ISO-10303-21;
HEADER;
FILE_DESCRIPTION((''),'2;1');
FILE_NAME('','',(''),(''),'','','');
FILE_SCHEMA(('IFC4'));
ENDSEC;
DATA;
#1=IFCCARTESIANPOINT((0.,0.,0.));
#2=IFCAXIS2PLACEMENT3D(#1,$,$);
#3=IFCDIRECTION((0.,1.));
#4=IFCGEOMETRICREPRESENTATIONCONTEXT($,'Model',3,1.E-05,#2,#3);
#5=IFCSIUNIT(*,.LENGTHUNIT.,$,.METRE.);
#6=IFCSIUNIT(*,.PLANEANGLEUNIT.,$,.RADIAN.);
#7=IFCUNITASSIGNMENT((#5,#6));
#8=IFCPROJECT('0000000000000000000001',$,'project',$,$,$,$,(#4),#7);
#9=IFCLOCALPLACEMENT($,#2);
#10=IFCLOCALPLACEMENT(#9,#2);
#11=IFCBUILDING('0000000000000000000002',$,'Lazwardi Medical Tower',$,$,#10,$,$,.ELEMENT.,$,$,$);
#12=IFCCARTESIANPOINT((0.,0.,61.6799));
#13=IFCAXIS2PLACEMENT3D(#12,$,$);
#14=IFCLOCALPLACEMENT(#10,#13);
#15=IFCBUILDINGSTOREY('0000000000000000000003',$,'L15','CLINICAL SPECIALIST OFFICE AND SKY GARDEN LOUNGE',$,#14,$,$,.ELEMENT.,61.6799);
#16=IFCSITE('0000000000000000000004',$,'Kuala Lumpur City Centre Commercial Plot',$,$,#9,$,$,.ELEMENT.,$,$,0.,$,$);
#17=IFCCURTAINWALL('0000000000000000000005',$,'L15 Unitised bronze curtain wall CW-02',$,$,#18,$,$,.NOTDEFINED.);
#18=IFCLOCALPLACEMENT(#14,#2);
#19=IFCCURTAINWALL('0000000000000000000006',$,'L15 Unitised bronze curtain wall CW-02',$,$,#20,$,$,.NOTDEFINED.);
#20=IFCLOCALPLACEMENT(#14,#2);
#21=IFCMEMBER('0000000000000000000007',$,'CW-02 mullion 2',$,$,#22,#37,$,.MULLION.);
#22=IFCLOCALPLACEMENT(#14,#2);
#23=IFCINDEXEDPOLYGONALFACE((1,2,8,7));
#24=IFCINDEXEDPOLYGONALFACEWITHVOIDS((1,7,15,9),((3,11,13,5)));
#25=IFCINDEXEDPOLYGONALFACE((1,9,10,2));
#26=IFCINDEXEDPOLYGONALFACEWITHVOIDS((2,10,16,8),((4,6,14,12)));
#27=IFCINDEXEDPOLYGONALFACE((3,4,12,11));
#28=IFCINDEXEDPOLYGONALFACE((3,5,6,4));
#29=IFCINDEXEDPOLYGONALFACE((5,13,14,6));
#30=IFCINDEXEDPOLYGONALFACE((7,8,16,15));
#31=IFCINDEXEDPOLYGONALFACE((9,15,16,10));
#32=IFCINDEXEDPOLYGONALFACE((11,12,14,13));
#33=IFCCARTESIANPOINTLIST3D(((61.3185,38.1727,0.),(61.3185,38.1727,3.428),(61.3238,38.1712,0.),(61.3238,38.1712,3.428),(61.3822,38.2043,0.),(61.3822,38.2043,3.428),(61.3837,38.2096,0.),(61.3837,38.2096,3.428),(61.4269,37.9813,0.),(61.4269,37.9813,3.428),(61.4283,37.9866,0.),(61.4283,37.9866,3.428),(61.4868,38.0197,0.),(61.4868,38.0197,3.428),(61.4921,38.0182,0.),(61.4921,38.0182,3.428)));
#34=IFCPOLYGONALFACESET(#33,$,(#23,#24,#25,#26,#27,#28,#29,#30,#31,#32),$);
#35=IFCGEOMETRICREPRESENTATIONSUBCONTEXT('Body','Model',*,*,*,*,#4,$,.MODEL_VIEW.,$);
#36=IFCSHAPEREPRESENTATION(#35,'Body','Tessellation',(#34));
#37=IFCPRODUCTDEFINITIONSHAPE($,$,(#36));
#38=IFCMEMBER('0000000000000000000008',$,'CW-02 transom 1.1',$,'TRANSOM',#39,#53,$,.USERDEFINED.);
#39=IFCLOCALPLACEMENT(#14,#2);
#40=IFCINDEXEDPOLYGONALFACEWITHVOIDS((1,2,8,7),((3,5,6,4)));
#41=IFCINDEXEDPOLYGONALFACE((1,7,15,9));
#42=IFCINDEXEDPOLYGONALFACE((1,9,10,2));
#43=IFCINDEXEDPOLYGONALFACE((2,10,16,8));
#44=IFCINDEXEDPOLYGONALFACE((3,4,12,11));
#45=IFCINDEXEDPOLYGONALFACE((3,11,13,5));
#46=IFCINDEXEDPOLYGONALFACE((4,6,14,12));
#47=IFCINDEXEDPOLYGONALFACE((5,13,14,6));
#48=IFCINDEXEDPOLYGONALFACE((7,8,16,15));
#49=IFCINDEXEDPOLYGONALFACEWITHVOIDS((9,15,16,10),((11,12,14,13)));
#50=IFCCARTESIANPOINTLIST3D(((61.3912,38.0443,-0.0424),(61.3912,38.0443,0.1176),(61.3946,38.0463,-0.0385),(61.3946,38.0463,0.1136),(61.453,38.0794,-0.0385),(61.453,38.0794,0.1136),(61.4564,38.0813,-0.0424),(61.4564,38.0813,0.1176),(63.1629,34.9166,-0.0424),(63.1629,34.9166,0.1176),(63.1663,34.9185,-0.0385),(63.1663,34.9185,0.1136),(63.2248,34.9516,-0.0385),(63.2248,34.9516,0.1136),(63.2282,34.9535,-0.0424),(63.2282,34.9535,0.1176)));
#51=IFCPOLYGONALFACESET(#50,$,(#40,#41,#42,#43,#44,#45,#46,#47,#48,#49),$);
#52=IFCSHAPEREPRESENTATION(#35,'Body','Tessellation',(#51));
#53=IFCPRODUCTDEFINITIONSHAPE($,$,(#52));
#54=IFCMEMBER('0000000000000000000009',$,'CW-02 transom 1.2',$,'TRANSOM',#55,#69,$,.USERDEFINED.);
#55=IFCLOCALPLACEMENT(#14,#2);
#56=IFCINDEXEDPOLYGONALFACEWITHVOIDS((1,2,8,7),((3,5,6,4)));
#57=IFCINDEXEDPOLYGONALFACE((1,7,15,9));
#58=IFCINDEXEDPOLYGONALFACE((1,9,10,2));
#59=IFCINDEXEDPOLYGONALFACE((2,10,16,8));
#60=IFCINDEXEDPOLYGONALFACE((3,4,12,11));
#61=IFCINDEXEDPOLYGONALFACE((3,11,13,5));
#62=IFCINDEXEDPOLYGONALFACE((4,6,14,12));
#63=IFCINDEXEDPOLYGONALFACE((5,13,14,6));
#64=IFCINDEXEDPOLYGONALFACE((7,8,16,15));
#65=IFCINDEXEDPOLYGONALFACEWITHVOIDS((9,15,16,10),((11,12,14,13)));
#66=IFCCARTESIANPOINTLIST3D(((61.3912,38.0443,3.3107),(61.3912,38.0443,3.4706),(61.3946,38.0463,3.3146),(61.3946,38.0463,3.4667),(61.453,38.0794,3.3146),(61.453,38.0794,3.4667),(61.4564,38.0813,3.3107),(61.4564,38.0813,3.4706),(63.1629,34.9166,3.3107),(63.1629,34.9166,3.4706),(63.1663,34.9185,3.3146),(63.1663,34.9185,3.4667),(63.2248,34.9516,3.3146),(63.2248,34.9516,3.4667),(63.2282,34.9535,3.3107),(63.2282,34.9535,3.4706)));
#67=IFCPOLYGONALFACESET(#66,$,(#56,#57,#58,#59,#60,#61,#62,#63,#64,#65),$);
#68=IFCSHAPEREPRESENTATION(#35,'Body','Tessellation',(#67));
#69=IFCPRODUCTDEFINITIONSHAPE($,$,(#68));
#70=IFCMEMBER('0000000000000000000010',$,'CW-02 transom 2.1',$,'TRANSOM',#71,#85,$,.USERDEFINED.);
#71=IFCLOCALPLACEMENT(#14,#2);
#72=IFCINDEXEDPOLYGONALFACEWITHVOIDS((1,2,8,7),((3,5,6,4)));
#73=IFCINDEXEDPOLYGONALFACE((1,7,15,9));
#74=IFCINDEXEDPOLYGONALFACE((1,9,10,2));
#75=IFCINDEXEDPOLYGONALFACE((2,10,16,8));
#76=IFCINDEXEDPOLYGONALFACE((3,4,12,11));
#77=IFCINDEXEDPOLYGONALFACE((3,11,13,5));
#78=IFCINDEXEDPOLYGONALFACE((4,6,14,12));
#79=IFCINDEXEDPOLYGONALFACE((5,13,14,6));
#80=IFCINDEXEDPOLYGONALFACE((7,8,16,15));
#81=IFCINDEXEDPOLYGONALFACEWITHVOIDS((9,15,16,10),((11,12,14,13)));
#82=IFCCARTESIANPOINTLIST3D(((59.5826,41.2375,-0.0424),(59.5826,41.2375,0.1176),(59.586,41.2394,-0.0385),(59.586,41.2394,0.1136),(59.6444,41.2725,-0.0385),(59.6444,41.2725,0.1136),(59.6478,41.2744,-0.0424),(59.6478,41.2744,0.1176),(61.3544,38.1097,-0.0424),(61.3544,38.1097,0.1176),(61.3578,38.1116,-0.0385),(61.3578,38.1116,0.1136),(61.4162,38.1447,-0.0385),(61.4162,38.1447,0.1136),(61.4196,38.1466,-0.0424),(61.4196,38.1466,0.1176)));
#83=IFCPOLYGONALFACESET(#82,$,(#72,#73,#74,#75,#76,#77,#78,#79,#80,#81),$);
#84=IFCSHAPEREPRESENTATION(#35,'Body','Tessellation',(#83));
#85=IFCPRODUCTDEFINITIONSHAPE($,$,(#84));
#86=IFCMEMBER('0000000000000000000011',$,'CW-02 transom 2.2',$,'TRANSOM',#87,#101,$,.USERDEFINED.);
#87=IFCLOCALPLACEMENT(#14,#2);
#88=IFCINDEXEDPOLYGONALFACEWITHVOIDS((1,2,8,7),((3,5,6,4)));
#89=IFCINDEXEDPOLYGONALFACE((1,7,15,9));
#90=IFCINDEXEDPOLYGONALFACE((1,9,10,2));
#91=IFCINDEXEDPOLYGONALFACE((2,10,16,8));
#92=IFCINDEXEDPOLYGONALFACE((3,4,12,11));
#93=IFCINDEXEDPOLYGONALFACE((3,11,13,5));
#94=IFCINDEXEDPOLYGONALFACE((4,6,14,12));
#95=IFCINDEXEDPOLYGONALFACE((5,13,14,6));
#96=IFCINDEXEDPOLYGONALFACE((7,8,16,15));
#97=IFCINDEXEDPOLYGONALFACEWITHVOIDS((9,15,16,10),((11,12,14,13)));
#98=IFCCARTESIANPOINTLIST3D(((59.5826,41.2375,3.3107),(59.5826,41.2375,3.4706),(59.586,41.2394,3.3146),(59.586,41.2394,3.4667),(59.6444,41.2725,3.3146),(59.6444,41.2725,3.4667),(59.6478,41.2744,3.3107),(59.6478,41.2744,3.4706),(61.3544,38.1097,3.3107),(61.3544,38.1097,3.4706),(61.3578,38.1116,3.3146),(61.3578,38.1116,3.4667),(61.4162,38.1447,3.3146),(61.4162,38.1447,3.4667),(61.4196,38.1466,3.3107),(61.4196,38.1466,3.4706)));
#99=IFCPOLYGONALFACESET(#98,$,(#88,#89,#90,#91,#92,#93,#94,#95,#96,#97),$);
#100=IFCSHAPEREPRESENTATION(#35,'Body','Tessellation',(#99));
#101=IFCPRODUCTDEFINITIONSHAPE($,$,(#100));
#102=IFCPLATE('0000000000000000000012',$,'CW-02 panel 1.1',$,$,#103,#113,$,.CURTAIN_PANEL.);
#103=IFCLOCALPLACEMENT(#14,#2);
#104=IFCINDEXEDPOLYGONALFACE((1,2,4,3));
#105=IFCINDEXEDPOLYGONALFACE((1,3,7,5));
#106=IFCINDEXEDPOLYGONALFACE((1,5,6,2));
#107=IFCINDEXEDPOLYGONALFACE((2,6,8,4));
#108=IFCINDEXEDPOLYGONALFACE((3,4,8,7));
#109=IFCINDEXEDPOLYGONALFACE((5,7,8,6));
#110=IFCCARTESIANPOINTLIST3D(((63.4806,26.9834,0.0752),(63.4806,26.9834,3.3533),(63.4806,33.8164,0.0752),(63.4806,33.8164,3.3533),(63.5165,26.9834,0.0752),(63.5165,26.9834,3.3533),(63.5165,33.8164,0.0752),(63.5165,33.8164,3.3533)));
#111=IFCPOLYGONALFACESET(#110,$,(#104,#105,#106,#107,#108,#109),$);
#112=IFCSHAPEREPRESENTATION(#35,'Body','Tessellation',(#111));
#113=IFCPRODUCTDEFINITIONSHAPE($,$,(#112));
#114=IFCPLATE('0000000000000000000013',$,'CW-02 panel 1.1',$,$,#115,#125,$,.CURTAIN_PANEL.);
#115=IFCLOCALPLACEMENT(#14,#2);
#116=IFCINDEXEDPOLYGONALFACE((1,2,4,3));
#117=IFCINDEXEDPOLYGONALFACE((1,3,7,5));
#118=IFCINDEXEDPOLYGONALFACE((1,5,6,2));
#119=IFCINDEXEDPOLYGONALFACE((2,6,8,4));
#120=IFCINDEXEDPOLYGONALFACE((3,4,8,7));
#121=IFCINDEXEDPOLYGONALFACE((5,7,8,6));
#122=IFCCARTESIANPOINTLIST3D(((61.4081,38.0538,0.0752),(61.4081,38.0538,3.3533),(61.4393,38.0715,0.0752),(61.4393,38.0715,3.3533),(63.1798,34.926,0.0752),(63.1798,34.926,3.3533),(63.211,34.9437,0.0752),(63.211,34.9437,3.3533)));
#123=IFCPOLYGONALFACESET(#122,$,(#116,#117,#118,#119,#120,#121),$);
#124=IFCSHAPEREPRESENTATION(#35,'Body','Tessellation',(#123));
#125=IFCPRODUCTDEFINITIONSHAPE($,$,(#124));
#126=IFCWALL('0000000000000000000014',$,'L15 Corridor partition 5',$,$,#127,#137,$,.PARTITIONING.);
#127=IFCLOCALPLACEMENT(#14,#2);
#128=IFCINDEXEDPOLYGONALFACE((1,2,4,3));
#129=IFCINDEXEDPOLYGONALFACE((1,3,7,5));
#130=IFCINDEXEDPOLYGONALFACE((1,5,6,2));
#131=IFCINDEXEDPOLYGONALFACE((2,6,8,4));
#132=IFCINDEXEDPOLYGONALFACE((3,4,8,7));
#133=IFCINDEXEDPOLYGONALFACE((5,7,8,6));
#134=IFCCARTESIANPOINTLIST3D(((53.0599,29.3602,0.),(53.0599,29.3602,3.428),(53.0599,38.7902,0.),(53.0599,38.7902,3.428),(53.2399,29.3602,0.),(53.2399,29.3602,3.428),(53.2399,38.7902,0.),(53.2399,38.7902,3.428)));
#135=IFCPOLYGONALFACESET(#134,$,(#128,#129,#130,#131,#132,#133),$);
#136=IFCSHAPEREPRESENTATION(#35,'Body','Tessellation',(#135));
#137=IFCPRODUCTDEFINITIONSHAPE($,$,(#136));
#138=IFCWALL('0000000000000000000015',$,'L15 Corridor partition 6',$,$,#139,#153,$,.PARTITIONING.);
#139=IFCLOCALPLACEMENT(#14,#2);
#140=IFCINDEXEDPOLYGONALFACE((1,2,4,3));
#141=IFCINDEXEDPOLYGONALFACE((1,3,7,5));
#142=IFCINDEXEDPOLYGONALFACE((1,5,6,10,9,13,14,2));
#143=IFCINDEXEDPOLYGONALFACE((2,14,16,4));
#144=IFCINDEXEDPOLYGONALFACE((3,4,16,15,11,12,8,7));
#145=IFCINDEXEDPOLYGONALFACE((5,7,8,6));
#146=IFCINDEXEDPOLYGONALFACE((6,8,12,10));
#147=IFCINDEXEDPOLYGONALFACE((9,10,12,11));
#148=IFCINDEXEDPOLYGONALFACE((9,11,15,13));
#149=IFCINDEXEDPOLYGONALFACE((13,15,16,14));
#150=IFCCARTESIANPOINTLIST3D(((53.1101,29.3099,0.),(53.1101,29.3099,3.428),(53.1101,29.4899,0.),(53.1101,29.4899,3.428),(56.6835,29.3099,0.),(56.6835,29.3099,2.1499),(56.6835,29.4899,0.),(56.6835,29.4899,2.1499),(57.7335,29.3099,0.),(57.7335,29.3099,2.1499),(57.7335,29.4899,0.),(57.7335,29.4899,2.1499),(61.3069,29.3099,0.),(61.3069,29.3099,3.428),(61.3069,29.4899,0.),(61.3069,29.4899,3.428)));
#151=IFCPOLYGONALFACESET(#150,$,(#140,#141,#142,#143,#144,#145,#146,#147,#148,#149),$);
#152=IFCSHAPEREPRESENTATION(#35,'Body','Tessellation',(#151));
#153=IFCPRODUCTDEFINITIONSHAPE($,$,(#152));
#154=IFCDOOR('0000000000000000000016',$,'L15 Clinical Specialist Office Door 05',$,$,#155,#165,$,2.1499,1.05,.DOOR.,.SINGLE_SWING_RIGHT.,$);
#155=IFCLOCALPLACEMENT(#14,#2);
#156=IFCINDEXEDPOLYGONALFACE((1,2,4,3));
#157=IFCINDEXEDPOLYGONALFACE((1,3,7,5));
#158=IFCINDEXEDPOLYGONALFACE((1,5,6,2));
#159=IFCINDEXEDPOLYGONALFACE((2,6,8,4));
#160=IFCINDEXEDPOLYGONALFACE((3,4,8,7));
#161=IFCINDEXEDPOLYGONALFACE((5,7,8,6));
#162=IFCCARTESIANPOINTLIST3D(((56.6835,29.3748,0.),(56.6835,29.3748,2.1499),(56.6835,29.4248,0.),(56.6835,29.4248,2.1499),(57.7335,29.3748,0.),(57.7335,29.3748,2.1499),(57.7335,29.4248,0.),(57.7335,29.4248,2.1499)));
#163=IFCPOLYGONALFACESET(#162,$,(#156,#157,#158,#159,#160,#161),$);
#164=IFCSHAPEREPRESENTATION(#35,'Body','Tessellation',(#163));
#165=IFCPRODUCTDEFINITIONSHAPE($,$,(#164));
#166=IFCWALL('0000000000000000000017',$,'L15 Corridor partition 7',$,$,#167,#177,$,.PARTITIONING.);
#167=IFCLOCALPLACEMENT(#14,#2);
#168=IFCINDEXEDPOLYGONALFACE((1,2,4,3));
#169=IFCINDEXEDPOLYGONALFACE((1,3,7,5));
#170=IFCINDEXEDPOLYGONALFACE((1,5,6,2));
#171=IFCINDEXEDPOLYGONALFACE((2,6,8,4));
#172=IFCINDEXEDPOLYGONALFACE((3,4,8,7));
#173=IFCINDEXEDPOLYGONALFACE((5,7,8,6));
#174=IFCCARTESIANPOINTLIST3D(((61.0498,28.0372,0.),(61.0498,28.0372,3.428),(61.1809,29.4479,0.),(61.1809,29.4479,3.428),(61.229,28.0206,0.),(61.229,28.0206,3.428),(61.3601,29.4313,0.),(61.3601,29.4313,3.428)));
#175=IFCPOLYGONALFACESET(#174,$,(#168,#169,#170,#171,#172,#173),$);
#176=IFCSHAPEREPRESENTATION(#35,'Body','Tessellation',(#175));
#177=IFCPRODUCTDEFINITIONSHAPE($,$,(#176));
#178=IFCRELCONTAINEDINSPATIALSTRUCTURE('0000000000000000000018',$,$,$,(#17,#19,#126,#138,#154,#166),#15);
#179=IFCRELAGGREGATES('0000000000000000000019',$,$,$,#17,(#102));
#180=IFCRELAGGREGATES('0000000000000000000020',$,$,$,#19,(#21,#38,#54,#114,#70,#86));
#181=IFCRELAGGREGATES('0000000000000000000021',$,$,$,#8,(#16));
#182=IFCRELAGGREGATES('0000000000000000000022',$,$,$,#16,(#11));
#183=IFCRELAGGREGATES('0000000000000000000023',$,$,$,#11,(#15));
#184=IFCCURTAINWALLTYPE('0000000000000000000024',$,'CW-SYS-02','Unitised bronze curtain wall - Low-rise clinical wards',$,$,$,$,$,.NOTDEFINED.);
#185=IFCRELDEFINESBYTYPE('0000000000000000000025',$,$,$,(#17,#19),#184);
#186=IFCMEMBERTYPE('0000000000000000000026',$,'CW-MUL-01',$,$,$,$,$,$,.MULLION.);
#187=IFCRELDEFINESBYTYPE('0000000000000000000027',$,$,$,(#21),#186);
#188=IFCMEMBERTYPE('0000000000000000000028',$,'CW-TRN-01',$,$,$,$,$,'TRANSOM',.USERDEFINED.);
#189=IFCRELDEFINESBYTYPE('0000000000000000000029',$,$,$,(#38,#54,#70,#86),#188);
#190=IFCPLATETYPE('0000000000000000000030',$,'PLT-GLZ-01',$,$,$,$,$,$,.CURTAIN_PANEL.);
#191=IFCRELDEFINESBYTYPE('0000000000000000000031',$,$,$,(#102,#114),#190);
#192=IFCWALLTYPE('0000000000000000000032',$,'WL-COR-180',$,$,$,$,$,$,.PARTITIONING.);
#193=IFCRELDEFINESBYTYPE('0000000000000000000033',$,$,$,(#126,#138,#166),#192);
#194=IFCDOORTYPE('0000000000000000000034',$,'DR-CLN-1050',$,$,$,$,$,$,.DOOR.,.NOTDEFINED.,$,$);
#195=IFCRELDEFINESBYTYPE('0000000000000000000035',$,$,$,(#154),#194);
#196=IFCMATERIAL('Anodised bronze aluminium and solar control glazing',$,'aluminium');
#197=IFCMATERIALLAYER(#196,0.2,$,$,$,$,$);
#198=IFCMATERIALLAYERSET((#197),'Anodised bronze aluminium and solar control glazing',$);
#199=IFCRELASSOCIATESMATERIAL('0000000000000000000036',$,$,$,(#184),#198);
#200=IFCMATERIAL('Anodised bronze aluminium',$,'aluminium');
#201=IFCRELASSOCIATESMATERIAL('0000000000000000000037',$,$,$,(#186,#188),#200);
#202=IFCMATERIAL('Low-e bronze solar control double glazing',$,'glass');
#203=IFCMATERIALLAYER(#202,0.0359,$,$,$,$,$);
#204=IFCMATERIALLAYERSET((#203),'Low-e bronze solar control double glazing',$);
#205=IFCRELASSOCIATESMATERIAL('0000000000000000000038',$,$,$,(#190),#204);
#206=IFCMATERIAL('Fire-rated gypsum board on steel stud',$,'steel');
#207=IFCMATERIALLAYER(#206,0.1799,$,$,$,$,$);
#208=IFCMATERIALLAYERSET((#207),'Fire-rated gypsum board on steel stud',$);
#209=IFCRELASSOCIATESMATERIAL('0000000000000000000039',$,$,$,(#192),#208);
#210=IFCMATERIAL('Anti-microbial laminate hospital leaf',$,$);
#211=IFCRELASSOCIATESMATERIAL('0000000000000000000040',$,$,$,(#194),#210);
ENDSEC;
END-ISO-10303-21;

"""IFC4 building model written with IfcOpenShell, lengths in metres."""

from ifc_helpers import new_model, si_unit, direction, frame, frame_2d, origin, origin_2d, place, context, subcontext, project, spatial, rectangle, hollow_rectangle, extrude, material, layer, layer_set, material_profile, profile_set, type_object, element, fill, aggregate, save


model = new_model("IFC4")

# Units and contexts
model_context = context("Model", 3, precision=1e-05, world=origin(), true_north=direction((0.0, 1.0)))
body_context = subcontext(model_context, "Body", "Model", "MODEL_VIEW")
ifc_project = project(units=[si_unit("LENGTHUNIT", "METRE"), si_unit("PLANEANGLEUNIT", "RADIAN")], contexts=[model_context])

# Site, building, storey
site_placement = place(None, origin())
site = spatial("IfcSite", under=ifc_project, at=site_placement, Name="Kuala Lumpur City Centre Commercial Plot", CompositionType="ELEMENT", RefElevation=0.0)
building_placement = place(site_placement, origin())
building = spatial("IfcBuilding", under=site, at=building_placement, Name="Lazwardi Medical Tower", CompositionType="ELEMENT")
storey_placement = place(building_placement, frame((0.0, 0.0, 61.6799)))
storey = spatial("IfcBuildingStorey", under=building, at=storey_placement, Name="L15", Description="CLINICAL SPECIALIST OFFICE AND SKY GARDEN LOUNGE", CompositionType="ELEMENT", Elevation=61.6799)

# Curtain wall
ifc_material_1 = material(Name="Anodised bronze aluminium and solar control glazing", Category="aluminium")
ifc_layer_1 = layer(ifc_material_1, 0.2)
ifc_layer_set_1 = layer_set([ifc_layer_1], Name="Anodised bronze aluminium and solar control glazing")
curtain_wall_type = type_object("IfcCurtainWallType", Name="CW-SYS-02", Description="Unitised bronze curtain wall - Low-rise clinical wards", PredefinedType="NOTDEFINED", material=ifc_layer_set_1)
curtain_wall_1_placement = place(storey_placement, origin())
curtain_wall_1 = element("IfcCurtainWall", 1, at=curtain_wall_1_placement, inside=storey, type_object=curtain_wall_type, Name="L15 Unitised bronze curtain wall CW-02", PredefinedType="NOTDEFINED")
ifc_material_2 = material(Name="Anodised bronze aluminium", Category="aluminium")
ifc_material_profile_1 = material_profile(ifc_material_2, hollow_rectangle(XDim=0.075, YDim=0.22, WallThickness=0.0039, at=origin_2d()), Name="ALU-MULLION 220x75x4")
ifc_profile_set_1 = profile_set([ifc_material_profile_1], Name="Anodised bronze aluminium")
member_type_1 = type_object("IfcMemberType", Name="CW-MUL-01", PredefinedType="MULLION", material=ifc_profile_set_1)

# Curtain wall, members
curtain_wall_2_placement = place(storey_placement, origin())
curtain_wall_2 = element("IfcCurtainWall", 2, at=curtain_wall_2_placement, inside=storey, type_object=curtain_wall_type, Name="L15 Unitised bronze curtain wall CW-02", PredefinedType="NOTDEFINED")
member_1_placement = place(storey_placement, frame((61.4053, 38.0955, 0.0), z_axis=(0.0, 0.0, 1.0), x_axis=(-0.870112, -0.492854, 0.0)))
member_1 = element("IfcMember", 3, at=member_1_placement, type_object=member_type_1, Name="CW-02 mullion 2", PredefinedType="MULLION", context=body_context, shape_type="SweptSolid", body=[
    extrude(hollow_rectangle(XDim=0.075, YDim=0.22, WallThickness=0.0039, at=origin_2d()), origin(), (0.0, 0.0, 1.0), 3.428),
])
ifc_material_profile_2 = material_profile(ifc_material_2, hollow_rectangle(XDim=0.075, YDim=0.1599, WallThickness=0.0039, at=origin_2d()), Name="ALU-TRANSOM 160x75x4")
ifc_profile_set_2 = profile_set([ifc_material_profile_2], Name="Anodised bronze aluminium")
member_type_2 = type_object("IfcMemberType", Name="CW-TRN-01", ElementType="TRANSOM", PredefinedType="USERDEFINED", material=ifc_profile_set_2)
member_2_placement = place(storey_placement, frame((63.1956, 34.9351, 0.0376), z_axis=(-0.492881, 0.870097, 0.0), x_axis=(-0.870097, -0.492881, 0.0)))
member_2 = element("IfcMember", 4, at=member_2_placement, type_object=member_type_2, Name="CW-02 transom 1.1", ObjectType="TRANSOM", PredefinedType="USERDEFINED", context=body_context, shape_type="SweptSolid", body=[
    extrude(hollow_rectangle(XDim=0.075, YDim=0.1599, WallThickness=0.0039, at=origin_2d()), origin(), (0.0, 0.0, 1.0), 3.5947),
])
member_3_placement = place(storey_placement, frame((63.1956, 34.9351, 3.3906), z_axis=(-0.492881, 0.870097, 0.0), x_axis=(-0.870097, -0.492881, 0.0)))
member_3 = element("IfcMember", 5, at=member_3_placement, type_object=member_type_2, Name="CW-02 transom 1.2", ObjectType="TRANSOM", PredefinedType="USERDEFINED", context=body_context, shape_type="SweptSolid", body=[
    extrude(hollow_rectangle(XDim=0.075, YDim=0.1599, WallThickness=0.0039, at=origin_2d()), origin(), (0.0, 0.0, 1.0), 3.5947),
])
member_4_placement = place(storey_placement, frame((61.387, 38.1282, 0.0376), z_axis=(-0.492881, 0.870097, 0.0), x_axis=(-0.870097, -0.492881, 0.0)))
member_4 = element("IfcMember", 6, at=member_4_placement, type_object=member_type_2, Name="CW-02 transom 2.1", ObjectType="TRANSOM", PredefinedType="USERDEFINED", context=body_context, shape_type="SweptSolid", body=[
    extrude(hollow_rectangle(XDim=0.075, YDim=0.1599, WallThickness=0.0039, at=origin_2d()), origin(), (0.0, 0.0, 1.0), 3.5947),
])
member_5_placement = place(storey_placement, frame((61.387, 38.1282, 3.3906), z_axis=(-0.492881, 0.870097, 0.0), x_axis=(-0.870097, -0.492881, 0.0)))
member_5 = element("IfcMember", 7, at=member_5_placement, type_object=member_type_2, Name="CW-02 transom 2.2", ObjectType="TRANSOM", PredefinedType="USERDEFINED", context=body_context, shape_type="SweptSolid", body=[
    extrude(hollow_rectangle(XDim=0.075, YDim=0.1599, WallThickness=0.0039, at=origin_2d()), origin(), (0.0, 0.0, 1.0), 3.5947),
])

# Plates
ifc_material_3 = material(Name="Low-e bronze solar control double glazing", Category="glass")
ifc_layer_2 = layer(ifc_material_3, 0.0359)
ifc_layer_set_2 = layer_set([ifc_layer_2], Name="Low-e bronze solar control double glazing")
plate_type = type_object("IfcPlateType", Name="PLT-GLZ-01", PredefinedType="CURTAIN_PANEL", material=ifc_layer_set_2)
plate_1_placement = place(storey_placement, frame((63.4985, 30.3999, 0.0752), z_axis=(0.0, 0.0, 1.0), x_axis=(0.0, 1.0, 0.0)))
plate_1 = element("IfcPlate", 8, at=plate_1_placement, type_object=plate_type, Name="CW-02 panel 1.1", PredefinedType="CURTAIN_PANEL", context=body_context, shape_type="SweptSolid", body=[
    extrude(rectangle(XDim=6.833, YDim=0.0359, at=origin_2d()), origin(), (0.0, 0.0, 1.0), 3.2781),
])
aggregate(curtain_wall_1, [plate_1])
plate_2_placement = place(storey_placement, frame((62.3096, 36.4988, 0.0752), z_axis=(0.0, 0.0, 1.0), x_axis=(-0.492854, 0.870112, 0.0)))
plate_2 = element("IfcPlate", 9, at=plate_2_placement, type_object=plate_type, Name="CW-02 panel 1.1", PredefinedType="CURTAIN_PANEL", context=body_context, shape_type="SweptSolid", body=[
    extrude(rectangle(XDim=3.5947, YDim=0.0359, at=origin_2d()), origin(), (0.0, 0.0, 1.0), 3.2781),
])
aggregate(curtain_wall_2, [member_1, member_2, member_3, plate_2, member_4, member_5])

# Wall
ifc_material_4 = material(Name="Fire-rated gypsum board on steel stud", Category="steel")
ifc_layer_3 = layer(ifc_material_4, 0.1799)
ifc_layer_set_3 = layer_set([ifc_layer_3], Name="Fire-rated gypsum board on steel stud")
wall_type_1 = type_object("IfcWallType", Name="WL-COR-180", PredefinedType="PARTITIONING", material=ifc_layer_set_3)
wall_1_placement = place(storey_placement, frame((53.1499, 38.79, 0.0), z_axis=(0.0, 0.0, 1.0), x_axis=(0.0, -1.0, 0.0)))
element("IfcWall", 10, at=wall_1_placement, inside=storey, type_object=wall_type_1, Name="L15 Corridor partition 5", PredefinedType="PARTITIONING", context=body_context, shape_type="SweptSolid", body=[
    extrude(rectangle(XDim=9.4299, YDim=0.1799, at=frame_2d((4.7148, 0.0))), origin(), (0.0, 0.0, 1.0), 3.428),
])

# Wall, opening, door
wall_2_placement = place(storey_placement, frame((53.1101, 29.3999, 0.0), z_axis=(0.0, 0.0, 1.0), x_axis=(1.0, 0.0, 0.0)))
wall_2 = element("IfcWall", 11, at=wall_2_placement, inside=storey, type_object=wall_type_1, Name="L15 Corridor partition 6", PredefinedType="PARTITIONING", context=body_context, shape_type="SweptSolid", body=[
    extrude(rectangle(XDim=8.1968, YDim=0.1799, at=frame_2d((4.0984, 0.0))), origin(), (0.0, 0.0, 1.0), 3.428),
])
opening_1_placement = place(wall_2_placement, frame((3.5735, 0.0, 0.0)))
opening_1 = element("IfcOpeningElement", 12, at=opening_1_placement, cuts=wall_2, PredefinedType="OPENING", context=body_context, shape_type="SweptSolid", body=[
    extrude(rectangle(XDim=1.05, YDim=2.1499, at=frame_2d((0.5249, 1.075))), frame((0.0, 0.0999, 0.0), z_axis=(0.0, -1.0, 0.0), x_axis=(1.0, 0.0, 0.0)), (0.0, 0.0, 1.0), 0.2),
])
ifc_material_5 = material(Name="Anti-microbial laminate hospital leaf")
door_type_1 = type_object("IfcDoorType", Name="DR-CLN-1050", OperationType="NOTDEFINED", PredefinedType="DOOR", material=ifc_material_5)
door_1_placement = place(opening_1_placement, origin())
door_1 = element("IfcDoor", 13, at=door_1_placement, inside=storey, type_object=door_type_1, Name="L15 Clinical Specialist Office Door 05", OperationType="SINGLE_SWING_RIGHT", OverallHeight=2.1499, OverallWidth=1.05, PredefinedType="DOOR", context=body_context, shape_type="SweptSolid", body=[
    extrude(rectangle(XDim=1.05, YDim=2.1499, at=frame_2d((0.5249, 1.075))), frame((0.0, 0.0249, 0.0), z_axis=(0.0, -1.0, 0.0), x_axis=(1.0, 0.0, 0.0)), (0.0, 0.0, 1.0), 0.05),
])
fill(opening_1, door_1)

# Wall
wall_3_placement = place(storey_placement, frame((61.2705, 29.4397, 0.0), z_axis=(0.0, 0.0, 1.0), x_axis=(-0.09254, -0.995709, 0.0)))
element("IfcWall", 14, at=wall_3_placement, inside=storey, type_object=wall_type_1, Name="L15 Corridor partition 7", PredefinedType="PARTITIONING", context=body_context, shape_type="SweptSolid", body=[
    extrude(rectangle(XDim=1.4167, YDim=0.1799, at=frame_2d((0.7085, 0.0))), origin(), (0.0, 0.0, 1.0), 3.428),
])

save(model, "model.ifc")
